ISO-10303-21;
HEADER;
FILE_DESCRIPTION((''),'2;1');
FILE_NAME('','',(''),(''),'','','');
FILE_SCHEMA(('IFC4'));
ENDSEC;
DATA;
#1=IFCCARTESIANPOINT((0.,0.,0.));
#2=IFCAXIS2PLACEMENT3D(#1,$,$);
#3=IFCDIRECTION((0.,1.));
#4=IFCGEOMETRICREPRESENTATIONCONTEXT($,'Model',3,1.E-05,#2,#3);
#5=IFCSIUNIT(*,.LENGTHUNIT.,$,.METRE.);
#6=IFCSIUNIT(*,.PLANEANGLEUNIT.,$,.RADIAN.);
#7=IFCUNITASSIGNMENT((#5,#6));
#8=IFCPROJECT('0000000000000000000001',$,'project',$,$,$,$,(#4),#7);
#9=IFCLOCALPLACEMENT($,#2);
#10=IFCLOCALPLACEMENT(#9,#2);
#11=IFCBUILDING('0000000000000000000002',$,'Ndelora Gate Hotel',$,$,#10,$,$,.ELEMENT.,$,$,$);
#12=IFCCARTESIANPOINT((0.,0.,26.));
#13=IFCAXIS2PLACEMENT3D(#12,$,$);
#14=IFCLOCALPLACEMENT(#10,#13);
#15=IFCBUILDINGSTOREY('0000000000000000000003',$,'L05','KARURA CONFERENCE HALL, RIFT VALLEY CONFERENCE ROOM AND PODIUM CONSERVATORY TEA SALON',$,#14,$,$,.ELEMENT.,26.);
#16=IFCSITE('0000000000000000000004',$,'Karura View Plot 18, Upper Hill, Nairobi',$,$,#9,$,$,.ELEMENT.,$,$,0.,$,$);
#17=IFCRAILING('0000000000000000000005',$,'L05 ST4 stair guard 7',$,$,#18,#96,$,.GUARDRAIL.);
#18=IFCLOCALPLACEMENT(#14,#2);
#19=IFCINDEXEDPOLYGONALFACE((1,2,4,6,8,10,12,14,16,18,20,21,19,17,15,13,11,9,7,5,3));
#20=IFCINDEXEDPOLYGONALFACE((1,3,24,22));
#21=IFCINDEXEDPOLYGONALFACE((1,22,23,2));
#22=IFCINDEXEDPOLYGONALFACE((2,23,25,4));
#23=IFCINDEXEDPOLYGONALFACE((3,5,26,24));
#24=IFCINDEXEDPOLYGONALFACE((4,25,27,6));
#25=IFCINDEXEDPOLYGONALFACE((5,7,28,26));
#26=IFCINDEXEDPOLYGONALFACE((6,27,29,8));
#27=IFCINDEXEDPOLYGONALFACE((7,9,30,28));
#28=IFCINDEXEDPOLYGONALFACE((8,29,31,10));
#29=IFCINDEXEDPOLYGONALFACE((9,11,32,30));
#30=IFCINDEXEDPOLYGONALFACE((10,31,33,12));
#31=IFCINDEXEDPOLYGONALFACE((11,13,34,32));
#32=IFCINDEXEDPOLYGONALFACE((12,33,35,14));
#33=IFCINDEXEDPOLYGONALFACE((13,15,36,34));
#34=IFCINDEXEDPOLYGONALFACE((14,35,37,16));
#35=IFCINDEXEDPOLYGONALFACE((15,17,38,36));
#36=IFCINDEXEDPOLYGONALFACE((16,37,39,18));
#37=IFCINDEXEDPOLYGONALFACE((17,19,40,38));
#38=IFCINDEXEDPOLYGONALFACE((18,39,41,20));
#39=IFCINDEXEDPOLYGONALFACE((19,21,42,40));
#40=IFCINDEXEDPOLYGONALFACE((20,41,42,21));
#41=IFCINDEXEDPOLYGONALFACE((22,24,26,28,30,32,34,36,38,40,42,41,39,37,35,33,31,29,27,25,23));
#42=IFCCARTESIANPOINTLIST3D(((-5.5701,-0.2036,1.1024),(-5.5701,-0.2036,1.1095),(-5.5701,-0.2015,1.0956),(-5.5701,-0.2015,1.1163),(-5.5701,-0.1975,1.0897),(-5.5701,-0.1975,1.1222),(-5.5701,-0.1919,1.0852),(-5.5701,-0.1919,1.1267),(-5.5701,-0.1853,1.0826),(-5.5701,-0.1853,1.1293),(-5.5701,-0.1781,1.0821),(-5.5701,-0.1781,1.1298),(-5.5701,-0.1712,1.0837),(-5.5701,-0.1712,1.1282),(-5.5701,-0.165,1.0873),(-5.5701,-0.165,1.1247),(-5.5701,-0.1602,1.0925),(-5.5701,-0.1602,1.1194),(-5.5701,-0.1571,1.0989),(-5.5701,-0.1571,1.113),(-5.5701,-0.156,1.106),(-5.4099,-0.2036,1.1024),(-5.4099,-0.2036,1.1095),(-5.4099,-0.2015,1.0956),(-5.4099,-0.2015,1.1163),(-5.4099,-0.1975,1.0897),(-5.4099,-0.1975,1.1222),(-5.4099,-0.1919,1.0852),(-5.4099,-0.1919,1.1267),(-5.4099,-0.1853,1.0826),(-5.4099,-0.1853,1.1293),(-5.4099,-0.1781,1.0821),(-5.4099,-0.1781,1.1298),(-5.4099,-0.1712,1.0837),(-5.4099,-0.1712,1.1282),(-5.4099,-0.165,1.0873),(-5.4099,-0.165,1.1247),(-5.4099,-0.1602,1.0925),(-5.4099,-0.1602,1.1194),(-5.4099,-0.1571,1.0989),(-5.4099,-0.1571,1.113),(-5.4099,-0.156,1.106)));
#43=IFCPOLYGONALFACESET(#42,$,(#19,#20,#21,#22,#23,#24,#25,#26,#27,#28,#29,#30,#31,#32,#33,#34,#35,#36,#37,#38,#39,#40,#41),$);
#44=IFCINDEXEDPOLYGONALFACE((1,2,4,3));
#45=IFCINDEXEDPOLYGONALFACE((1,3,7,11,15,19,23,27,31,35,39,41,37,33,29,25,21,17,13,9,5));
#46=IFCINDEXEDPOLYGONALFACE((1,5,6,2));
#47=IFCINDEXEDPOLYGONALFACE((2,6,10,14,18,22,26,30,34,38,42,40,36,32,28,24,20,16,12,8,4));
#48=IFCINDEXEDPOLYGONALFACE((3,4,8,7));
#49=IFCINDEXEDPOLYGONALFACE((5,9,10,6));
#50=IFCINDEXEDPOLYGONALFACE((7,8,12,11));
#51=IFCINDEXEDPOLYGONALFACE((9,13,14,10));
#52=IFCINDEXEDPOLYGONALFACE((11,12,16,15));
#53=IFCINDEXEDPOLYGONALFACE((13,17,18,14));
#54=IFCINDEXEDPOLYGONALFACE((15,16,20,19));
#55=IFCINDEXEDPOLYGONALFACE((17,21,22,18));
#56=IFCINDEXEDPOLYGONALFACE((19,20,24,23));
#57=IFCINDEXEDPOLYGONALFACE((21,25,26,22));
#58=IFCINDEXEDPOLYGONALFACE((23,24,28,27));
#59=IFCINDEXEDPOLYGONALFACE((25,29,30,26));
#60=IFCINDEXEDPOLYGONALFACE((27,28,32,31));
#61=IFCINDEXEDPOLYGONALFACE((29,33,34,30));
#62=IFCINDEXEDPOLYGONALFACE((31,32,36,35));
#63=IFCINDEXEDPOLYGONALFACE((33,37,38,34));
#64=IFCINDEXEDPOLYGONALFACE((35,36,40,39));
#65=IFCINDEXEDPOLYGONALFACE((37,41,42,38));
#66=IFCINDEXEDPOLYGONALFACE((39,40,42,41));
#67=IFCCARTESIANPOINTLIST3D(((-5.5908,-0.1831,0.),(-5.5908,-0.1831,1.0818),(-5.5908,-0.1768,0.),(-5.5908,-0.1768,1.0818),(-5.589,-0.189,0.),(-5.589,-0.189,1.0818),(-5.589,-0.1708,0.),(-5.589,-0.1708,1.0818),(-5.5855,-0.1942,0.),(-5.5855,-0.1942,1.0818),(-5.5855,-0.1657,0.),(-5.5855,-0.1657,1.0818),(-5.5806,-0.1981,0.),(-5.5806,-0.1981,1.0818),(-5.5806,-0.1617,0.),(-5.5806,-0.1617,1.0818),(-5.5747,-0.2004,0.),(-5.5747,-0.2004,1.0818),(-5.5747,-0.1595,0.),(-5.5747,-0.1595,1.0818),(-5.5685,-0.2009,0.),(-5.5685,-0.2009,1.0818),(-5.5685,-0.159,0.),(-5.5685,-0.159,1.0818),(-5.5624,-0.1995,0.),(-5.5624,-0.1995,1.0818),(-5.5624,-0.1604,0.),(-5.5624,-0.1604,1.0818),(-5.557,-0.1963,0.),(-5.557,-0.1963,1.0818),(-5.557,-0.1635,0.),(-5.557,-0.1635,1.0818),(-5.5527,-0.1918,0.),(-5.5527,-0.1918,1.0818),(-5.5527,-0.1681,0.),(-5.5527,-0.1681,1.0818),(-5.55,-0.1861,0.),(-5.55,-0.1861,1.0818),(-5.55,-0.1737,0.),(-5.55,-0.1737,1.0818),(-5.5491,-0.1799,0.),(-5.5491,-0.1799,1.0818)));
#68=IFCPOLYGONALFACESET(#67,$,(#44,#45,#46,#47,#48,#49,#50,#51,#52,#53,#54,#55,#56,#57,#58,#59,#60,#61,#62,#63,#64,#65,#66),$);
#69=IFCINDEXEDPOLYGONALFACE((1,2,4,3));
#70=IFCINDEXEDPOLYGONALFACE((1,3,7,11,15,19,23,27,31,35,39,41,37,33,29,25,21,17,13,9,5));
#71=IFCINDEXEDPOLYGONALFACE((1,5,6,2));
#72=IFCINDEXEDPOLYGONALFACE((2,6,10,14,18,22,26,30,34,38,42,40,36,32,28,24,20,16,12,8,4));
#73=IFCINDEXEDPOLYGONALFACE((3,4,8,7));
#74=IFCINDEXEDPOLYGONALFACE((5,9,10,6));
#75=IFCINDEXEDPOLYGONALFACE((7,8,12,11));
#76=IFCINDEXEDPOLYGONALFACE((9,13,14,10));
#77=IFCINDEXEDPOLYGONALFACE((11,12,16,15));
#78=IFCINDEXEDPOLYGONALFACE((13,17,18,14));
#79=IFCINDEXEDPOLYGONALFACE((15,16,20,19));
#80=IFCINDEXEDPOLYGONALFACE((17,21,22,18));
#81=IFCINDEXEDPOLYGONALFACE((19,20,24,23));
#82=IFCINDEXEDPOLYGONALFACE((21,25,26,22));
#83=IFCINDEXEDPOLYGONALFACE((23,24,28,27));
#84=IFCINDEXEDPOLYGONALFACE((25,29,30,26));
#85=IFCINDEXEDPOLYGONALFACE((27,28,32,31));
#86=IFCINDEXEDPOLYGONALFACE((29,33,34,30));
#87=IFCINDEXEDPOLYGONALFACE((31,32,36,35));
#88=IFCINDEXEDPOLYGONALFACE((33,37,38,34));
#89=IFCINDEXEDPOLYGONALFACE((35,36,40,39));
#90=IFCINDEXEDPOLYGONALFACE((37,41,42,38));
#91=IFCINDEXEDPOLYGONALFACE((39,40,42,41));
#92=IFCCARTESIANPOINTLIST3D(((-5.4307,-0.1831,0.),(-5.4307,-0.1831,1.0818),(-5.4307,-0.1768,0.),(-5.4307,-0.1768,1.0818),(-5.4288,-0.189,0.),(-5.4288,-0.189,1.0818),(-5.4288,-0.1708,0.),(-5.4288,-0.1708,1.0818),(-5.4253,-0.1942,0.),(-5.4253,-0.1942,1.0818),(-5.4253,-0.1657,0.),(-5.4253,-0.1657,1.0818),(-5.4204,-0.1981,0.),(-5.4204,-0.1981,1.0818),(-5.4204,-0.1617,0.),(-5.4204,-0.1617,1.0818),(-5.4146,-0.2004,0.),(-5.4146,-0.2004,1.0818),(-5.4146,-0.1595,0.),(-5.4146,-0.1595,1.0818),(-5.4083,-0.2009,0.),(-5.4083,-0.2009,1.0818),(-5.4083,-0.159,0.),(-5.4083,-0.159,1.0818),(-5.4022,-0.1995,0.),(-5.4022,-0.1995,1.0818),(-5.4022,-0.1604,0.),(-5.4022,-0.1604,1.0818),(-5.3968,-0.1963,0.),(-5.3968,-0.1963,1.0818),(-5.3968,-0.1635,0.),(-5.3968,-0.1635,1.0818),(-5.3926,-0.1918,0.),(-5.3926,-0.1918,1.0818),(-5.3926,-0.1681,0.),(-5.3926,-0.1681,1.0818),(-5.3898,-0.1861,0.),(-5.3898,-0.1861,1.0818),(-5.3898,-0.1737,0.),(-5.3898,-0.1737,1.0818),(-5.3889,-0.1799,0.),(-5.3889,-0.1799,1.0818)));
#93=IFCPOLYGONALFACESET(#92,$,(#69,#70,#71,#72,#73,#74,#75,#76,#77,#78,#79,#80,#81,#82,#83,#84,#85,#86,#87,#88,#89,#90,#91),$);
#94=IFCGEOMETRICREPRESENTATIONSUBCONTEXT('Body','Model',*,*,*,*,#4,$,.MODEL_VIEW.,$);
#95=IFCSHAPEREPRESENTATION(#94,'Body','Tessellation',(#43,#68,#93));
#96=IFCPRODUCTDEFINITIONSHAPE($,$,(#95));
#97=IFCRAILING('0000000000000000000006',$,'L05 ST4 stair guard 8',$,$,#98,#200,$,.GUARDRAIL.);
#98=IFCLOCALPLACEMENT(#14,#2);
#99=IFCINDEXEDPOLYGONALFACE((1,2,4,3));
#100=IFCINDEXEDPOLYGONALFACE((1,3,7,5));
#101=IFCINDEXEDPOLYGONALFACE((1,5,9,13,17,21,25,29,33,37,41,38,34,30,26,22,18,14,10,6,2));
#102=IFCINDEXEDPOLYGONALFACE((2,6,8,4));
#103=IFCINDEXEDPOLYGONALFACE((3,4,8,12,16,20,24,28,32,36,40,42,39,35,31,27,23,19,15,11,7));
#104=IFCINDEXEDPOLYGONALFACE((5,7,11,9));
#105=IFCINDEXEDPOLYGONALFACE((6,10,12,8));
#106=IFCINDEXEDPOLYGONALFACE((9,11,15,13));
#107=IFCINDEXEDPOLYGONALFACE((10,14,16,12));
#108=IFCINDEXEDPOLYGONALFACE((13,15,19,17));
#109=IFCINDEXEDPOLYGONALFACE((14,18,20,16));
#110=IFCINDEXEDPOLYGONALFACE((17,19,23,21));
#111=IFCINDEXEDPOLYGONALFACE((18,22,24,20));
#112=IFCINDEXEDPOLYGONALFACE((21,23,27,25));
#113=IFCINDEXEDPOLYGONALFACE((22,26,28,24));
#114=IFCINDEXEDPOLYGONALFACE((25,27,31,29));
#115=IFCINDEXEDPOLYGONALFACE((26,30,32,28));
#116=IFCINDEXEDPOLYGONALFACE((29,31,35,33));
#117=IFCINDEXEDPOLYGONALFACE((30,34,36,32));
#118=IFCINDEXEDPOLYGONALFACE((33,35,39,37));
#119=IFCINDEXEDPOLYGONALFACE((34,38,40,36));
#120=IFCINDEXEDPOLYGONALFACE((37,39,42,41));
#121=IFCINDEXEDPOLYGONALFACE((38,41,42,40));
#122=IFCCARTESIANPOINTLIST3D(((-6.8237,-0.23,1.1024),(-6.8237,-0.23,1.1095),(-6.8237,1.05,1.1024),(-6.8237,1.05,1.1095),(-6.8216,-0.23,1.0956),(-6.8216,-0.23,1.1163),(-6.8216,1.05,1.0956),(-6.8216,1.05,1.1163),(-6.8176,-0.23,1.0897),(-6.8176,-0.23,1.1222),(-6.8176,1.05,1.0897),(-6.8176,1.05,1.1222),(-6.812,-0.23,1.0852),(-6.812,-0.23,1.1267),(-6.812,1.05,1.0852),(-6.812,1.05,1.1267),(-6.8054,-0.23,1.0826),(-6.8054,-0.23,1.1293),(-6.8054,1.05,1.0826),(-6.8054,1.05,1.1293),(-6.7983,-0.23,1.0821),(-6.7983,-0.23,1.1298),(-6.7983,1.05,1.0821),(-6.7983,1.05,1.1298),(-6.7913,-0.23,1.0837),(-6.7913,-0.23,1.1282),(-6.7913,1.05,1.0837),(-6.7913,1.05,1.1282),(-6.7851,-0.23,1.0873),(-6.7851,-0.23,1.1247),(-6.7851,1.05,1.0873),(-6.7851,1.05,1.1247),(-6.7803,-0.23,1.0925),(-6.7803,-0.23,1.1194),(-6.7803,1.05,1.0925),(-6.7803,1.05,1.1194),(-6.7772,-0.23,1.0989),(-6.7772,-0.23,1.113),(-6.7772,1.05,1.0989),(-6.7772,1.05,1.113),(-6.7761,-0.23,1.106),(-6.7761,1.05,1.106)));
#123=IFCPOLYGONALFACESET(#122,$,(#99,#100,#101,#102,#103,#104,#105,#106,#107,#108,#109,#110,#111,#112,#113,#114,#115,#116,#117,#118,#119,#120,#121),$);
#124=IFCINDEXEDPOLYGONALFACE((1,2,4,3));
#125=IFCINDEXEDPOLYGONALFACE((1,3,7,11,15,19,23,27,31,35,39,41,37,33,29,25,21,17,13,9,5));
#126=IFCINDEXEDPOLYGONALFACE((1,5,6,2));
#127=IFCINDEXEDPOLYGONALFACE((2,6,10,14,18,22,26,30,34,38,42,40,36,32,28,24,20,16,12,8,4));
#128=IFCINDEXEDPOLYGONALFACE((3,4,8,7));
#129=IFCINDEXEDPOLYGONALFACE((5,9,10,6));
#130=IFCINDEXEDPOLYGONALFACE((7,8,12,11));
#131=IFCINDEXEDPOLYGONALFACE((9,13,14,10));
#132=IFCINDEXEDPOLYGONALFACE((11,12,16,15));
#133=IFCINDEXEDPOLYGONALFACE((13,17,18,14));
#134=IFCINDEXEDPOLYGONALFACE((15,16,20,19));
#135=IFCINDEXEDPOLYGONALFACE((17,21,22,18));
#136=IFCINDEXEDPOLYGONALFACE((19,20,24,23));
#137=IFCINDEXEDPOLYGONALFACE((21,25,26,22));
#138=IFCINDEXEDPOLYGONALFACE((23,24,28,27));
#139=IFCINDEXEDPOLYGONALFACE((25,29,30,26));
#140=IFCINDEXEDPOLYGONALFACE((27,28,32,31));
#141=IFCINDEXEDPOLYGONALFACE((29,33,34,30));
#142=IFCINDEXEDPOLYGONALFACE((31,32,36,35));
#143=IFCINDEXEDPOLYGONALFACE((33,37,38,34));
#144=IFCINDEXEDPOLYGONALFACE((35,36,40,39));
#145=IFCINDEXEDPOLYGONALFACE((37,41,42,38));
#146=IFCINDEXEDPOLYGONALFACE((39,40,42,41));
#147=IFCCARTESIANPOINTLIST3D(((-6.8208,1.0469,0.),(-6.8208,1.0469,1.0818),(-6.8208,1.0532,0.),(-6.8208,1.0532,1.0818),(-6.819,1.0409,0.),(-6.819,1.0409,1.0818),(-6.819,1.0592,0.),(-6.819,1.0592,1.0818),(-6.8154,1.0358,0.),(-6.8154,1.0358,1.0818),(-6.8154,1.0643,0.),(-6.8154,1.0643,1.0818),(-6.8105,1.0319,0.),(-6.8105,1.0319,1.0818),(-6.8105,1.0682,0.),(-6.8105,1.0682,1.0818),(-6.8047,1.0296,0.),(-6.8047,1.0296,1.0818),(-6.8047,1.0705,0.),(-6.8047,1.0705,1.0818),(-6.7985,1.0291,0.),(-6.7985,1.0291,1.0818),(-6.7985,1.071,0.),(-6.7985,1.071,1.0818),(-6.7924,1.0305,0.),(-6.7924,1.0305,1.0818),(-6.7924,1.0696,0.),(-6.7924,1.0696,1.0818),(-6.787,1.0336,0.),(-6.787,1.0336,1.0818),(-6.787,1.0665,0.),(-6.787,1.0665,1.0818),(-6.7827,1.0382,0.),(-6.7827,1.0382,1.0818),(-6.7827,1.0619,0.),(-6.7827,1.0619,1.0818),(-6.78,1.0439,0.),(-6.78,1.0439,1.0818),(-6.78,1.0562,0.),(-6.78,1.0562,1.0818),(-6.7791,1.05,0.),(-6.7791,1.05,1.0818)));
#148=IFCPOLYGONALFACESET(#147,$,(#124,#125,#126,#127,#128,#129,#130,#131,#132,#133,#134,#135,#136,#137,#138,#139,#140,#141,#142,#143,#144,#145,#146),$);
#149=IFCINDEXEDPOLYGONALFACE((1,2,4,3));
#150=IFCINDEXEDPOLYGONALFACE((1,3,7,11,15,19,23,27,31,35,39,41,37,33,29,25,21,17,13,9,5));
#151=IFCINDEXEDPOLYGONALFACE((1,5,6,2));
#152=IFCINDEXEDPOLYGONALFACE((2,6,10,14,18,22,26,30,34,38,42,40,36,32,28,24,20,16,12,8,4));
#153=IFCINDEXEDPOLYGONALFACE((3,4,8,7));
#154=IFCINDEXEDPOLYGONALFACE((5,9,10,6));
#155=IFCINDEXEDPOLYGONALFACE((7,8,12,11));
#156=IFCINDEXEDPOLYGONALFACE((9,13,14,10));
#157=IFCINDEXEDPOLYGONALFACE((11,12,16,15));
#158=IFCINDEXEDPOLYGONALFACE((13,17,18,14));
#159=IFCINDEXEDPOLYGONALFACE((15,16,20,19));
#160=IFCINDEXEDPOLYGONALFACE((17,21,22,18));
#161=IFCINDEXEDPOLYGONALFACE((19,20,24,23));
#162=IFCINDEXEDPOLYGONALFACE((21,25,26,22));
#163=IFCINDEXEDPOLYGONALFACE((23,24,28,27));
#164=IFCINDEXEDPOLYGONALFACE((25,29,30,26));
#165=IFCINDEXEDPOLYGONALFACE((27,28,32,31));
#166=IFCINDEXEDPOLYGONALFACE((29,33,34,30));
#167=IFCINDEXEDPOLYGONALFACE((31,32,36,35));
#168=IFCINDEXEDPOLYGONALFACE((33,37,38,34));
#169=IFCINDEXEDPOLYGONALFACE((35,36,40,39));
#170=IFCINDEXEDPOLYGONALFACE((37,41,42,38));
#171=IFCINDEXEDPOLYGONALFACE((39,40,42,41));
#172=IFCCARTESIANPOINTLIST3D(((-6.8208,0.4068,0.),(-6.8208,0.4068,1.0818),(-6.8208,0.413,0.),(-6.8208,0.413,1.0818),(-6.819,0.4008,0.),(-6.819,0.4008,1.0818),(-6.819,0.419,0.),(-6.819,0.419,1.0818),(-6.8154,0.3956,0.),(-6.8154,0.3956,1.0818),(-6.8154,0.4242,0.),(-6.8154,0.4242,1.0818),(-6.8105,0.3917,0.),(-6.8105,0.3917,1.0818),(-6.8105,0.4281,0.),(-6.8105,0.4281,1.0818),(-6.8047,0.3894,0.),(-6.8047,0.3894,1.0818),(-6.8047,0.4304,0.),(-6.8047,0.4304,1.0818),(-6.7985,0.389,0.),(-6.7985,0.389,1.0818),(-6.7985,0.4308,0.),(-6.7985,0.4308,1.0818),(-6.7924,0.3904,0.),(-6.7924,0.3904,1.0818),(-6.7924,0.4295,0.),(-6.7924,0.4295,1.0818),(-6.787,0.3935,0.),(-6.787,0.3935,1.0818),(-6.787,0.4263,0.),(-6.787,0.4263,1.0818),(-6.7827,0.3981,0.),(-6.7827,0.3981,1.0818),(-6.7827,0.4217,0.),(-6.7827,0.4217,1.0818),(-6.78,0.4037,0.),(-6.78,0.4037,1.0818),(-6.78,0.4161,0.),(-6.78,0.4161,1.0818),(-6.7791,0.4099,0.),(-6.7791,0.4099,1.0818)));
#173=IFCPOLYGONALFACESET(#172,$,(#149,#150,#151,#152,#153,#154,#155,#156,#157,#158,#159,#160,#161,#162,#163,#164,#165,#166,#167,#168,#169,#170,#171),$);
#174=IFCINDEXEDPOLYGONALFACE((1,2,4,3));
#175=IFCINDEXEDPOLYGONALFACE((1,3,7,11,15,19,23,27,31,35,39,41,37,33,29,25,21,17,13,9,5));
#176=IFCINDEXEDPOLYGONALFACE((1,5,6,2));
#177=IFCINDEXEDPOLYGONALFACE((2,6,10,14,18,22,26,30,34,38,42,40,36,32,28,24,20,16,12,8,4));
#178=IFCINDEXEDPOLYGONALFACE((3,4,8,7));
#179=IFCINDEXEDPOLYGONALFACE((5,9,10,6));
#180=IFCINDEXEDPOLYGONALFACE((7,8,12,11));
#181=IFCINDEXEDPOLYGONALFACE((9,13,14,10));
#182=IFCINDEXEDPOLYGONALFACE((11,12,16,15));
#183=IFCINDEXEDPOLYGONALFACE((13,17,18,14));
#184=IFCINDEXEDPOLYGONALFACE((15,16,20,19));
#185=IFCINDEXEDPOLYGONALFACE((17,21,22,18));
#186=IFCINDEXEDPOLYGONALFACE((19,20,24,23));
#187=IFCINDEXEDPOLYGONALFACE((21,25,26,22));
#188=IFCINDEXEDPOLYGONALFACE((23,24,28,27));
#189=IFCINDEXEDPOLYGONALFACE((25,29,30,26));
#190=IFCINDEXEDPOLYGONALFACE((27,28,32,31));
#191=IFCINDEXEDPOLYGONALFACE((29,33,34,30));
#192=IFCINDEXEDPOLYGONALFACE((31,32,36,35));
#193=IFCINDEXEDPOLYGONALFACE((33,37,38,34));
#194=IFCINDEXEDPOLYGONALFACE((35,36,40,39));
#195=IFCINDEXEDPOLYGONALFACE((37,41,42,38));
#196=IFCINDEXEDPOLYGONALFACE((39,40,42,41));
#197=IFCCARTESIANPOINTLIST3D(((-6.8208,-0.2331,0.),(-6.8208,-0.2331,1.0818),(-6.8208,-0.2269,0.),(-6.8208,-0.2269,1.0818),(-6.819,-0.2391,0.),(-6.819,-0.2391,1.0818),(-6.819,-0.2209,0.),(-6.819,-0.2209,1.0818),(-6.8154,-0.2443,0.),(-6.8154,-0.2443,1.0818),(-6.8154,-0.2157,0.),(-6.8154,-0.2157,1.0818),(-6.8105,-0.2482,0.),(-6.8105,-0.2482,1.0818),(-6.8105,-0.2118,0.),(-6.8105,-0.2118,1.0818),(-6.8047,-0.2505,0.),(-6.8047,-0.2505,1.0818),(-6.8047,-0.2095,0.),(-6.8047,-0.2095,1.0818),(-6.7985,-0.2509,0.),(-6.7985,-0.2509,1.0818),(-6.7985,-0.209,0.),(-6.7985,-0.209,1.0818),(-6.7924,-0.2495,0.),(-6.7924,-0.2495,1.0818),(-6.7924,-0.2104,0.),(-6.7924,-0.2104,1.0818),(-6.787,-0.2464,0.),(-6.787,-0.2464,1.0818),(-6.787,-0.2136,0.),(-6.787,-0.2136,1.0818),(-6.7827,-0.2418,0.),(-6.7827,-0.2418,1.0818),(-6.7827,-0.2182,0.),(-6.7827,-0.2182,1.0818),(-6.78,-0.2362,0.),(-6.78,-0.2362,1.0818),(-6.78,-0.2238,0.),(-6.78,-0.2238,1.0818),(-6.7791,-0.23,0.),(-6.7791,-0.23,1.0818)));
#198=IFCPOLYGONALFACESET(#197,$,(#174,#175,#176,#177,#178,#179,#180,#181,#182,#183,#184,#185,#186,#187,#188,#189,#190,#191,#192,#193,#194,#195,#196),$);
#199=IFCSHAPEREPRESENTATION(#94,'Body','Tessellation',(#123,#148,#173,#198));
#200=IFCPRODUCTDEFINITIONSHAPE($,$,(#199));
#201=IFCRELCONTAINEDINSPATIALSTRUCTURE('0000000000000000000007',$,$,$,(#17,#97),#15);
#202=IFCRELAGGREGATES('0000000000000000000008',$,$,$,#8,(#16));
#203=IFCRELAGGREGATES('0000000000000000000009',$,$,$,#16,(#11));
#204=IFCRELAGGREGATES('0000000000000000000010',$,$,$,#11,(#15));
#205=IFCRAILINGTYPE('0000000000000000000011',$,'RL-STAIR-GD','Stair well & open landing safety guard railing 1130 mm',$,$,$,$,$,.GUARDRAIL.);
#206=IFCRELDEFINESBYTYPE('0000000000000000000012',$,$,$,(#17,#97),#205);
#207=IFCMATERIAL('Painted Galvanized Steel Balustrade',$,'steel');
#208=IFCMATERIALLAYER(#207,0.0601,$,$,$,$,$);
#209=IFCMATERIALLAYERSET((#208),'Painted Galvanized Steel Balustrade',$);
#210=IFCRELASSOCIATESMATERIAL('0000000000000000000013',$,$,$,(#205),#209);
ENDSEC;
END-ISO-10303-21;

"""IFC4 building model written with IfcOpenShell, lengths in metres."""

from ifc_helpers import new_model, si_unit, direction, frame, origin, origin_2d, place, context, subcontext, project, spatial, circle, extrude, material, layer, layer_set, type_object, element, save


model = new_model("IFC4")

# Units and contexts
model_context = context("Model", 3, precision=1e-05, world=origin(), true_north=direction((0.0, 1.0)))
body_context = subcontext(model_context, "Body", "Model", "MODEL_VIEW")
ifc_project = project(units=[si_unit("LENGTHUNIT", "METRE"), si_unit("PLANEANGLEUNIT", "RADIAN")], contexts=[model_context])

# Site, building, storey
site_placement = place(None, origin())
site = spatial("IfcSite", under=ifc_project, at=site_placement, Name="Karura View Plot 18, Upper Hill, Nairobi", CompositionType="ELEMENT", RefElevation=0.0)
building_placement = place(site_placement, origin())
building = spatial("IfcBuilding", under=site, at=building_placement, Name="Ndelora Gate Hotel", CompositionType="ELEMENT")
storey_placement = place(building_placement, frame((0.0, 0.0, 26.0)))
storey = spatial("IfcBuildingStorey", under=building, at=storey_placement, Name="L05", Description="KARURA CONFERENCE HALL, RIFT VALLEY CONFERENCE ROOM AND PODIUM CONSERVATORY TEA SALON", CompositionType="ELEMENT", Elevation=26.0)

# Railings
ifc_material_1 = material(Name="Painted Galvanized Steel Balustrade", Category="steel")
ifc_layer_1 = layer(ifc_material_1, 0.0601)
ifc_layer_set_1 = layer_set([ifc_layer_1], Name="Painted Galvanized Steel Balustrade")
railing_type_1 = type_object("IfcRailingType", Name="RL-STAIR-GD", Description="Stair well & open landing safety guard railing 1130 mm", PredefinedType="GUARDRAIL", material=ifc_layer_set_1)
railing_1_placement = place(storey_placement, frame((-5.5701, -0.1799, 0.0)))
element("IfcRailing", 1, at=railing_1_placement, inside=storey, type_object=railing_type_1, Name="L05 ST4 stair guard 7", PredefinedType="GUARDRAIL", context=body_context, shape_type="SweptSolid", body=[
    extrude(circle(Radius=0.0239, at=origin_2d()), frame((0.0, 0.0, 1.106), z_axis=(1.0, 0.0, 0.0), x_axis=(0.0, 1.0, 0.0)), (0.0, 0.0, 1.0), 0.1602),
    extrude(circle(Radius=0.021, at=origin_2d()), origin(), (0.0, 0.0, 1.0), 1.0818),
    extrude(circle(Radius=0.021, at=origin_2d()), frame((0.1602, 0.0, 0.0)), (0.0, 0.0, 1.0), 1.0818),
])
for number, where, name in (
    (2, (-6.8, 1.05, 0.0), "L05 ST4 stair guard 8"),
):
    element("IfcRailing", number, at=place(storey_placement, frame(where)), inside=storey, type_object=railing_type_1, Name=name, PredefinedType="GUARDRAIL", context=body_context, shape_type="SweptSolid", body=[
        extrude(circle(Radius=0.0239, at=origin_2d()), frame((0.0, 0.0, 1.106), z_axis=(0.0, -1.0, 0.0), x_axis=(1.0, 0.0, 0.0)), (0.0, 0.0, 1.0), 1.28),
        extrude(circle(Radius=0.021, at=origin_2d()), origin(), (0.0, 0.0, 1.0), 1.0818),
        extrude(circle(Radius=0.021, at=origin_2d()), frame((0.0, -0.6401, 0.0)), (0.0, 0.0, 1.0), 1.0818),
        extrude(circle(Radius=0.021, at=origin_2d()), frame((0.0, -1.28, 0.0)), (0.0, 0.0, 1.0), 1.0818),
    ])

save(model, "model.ifc")
